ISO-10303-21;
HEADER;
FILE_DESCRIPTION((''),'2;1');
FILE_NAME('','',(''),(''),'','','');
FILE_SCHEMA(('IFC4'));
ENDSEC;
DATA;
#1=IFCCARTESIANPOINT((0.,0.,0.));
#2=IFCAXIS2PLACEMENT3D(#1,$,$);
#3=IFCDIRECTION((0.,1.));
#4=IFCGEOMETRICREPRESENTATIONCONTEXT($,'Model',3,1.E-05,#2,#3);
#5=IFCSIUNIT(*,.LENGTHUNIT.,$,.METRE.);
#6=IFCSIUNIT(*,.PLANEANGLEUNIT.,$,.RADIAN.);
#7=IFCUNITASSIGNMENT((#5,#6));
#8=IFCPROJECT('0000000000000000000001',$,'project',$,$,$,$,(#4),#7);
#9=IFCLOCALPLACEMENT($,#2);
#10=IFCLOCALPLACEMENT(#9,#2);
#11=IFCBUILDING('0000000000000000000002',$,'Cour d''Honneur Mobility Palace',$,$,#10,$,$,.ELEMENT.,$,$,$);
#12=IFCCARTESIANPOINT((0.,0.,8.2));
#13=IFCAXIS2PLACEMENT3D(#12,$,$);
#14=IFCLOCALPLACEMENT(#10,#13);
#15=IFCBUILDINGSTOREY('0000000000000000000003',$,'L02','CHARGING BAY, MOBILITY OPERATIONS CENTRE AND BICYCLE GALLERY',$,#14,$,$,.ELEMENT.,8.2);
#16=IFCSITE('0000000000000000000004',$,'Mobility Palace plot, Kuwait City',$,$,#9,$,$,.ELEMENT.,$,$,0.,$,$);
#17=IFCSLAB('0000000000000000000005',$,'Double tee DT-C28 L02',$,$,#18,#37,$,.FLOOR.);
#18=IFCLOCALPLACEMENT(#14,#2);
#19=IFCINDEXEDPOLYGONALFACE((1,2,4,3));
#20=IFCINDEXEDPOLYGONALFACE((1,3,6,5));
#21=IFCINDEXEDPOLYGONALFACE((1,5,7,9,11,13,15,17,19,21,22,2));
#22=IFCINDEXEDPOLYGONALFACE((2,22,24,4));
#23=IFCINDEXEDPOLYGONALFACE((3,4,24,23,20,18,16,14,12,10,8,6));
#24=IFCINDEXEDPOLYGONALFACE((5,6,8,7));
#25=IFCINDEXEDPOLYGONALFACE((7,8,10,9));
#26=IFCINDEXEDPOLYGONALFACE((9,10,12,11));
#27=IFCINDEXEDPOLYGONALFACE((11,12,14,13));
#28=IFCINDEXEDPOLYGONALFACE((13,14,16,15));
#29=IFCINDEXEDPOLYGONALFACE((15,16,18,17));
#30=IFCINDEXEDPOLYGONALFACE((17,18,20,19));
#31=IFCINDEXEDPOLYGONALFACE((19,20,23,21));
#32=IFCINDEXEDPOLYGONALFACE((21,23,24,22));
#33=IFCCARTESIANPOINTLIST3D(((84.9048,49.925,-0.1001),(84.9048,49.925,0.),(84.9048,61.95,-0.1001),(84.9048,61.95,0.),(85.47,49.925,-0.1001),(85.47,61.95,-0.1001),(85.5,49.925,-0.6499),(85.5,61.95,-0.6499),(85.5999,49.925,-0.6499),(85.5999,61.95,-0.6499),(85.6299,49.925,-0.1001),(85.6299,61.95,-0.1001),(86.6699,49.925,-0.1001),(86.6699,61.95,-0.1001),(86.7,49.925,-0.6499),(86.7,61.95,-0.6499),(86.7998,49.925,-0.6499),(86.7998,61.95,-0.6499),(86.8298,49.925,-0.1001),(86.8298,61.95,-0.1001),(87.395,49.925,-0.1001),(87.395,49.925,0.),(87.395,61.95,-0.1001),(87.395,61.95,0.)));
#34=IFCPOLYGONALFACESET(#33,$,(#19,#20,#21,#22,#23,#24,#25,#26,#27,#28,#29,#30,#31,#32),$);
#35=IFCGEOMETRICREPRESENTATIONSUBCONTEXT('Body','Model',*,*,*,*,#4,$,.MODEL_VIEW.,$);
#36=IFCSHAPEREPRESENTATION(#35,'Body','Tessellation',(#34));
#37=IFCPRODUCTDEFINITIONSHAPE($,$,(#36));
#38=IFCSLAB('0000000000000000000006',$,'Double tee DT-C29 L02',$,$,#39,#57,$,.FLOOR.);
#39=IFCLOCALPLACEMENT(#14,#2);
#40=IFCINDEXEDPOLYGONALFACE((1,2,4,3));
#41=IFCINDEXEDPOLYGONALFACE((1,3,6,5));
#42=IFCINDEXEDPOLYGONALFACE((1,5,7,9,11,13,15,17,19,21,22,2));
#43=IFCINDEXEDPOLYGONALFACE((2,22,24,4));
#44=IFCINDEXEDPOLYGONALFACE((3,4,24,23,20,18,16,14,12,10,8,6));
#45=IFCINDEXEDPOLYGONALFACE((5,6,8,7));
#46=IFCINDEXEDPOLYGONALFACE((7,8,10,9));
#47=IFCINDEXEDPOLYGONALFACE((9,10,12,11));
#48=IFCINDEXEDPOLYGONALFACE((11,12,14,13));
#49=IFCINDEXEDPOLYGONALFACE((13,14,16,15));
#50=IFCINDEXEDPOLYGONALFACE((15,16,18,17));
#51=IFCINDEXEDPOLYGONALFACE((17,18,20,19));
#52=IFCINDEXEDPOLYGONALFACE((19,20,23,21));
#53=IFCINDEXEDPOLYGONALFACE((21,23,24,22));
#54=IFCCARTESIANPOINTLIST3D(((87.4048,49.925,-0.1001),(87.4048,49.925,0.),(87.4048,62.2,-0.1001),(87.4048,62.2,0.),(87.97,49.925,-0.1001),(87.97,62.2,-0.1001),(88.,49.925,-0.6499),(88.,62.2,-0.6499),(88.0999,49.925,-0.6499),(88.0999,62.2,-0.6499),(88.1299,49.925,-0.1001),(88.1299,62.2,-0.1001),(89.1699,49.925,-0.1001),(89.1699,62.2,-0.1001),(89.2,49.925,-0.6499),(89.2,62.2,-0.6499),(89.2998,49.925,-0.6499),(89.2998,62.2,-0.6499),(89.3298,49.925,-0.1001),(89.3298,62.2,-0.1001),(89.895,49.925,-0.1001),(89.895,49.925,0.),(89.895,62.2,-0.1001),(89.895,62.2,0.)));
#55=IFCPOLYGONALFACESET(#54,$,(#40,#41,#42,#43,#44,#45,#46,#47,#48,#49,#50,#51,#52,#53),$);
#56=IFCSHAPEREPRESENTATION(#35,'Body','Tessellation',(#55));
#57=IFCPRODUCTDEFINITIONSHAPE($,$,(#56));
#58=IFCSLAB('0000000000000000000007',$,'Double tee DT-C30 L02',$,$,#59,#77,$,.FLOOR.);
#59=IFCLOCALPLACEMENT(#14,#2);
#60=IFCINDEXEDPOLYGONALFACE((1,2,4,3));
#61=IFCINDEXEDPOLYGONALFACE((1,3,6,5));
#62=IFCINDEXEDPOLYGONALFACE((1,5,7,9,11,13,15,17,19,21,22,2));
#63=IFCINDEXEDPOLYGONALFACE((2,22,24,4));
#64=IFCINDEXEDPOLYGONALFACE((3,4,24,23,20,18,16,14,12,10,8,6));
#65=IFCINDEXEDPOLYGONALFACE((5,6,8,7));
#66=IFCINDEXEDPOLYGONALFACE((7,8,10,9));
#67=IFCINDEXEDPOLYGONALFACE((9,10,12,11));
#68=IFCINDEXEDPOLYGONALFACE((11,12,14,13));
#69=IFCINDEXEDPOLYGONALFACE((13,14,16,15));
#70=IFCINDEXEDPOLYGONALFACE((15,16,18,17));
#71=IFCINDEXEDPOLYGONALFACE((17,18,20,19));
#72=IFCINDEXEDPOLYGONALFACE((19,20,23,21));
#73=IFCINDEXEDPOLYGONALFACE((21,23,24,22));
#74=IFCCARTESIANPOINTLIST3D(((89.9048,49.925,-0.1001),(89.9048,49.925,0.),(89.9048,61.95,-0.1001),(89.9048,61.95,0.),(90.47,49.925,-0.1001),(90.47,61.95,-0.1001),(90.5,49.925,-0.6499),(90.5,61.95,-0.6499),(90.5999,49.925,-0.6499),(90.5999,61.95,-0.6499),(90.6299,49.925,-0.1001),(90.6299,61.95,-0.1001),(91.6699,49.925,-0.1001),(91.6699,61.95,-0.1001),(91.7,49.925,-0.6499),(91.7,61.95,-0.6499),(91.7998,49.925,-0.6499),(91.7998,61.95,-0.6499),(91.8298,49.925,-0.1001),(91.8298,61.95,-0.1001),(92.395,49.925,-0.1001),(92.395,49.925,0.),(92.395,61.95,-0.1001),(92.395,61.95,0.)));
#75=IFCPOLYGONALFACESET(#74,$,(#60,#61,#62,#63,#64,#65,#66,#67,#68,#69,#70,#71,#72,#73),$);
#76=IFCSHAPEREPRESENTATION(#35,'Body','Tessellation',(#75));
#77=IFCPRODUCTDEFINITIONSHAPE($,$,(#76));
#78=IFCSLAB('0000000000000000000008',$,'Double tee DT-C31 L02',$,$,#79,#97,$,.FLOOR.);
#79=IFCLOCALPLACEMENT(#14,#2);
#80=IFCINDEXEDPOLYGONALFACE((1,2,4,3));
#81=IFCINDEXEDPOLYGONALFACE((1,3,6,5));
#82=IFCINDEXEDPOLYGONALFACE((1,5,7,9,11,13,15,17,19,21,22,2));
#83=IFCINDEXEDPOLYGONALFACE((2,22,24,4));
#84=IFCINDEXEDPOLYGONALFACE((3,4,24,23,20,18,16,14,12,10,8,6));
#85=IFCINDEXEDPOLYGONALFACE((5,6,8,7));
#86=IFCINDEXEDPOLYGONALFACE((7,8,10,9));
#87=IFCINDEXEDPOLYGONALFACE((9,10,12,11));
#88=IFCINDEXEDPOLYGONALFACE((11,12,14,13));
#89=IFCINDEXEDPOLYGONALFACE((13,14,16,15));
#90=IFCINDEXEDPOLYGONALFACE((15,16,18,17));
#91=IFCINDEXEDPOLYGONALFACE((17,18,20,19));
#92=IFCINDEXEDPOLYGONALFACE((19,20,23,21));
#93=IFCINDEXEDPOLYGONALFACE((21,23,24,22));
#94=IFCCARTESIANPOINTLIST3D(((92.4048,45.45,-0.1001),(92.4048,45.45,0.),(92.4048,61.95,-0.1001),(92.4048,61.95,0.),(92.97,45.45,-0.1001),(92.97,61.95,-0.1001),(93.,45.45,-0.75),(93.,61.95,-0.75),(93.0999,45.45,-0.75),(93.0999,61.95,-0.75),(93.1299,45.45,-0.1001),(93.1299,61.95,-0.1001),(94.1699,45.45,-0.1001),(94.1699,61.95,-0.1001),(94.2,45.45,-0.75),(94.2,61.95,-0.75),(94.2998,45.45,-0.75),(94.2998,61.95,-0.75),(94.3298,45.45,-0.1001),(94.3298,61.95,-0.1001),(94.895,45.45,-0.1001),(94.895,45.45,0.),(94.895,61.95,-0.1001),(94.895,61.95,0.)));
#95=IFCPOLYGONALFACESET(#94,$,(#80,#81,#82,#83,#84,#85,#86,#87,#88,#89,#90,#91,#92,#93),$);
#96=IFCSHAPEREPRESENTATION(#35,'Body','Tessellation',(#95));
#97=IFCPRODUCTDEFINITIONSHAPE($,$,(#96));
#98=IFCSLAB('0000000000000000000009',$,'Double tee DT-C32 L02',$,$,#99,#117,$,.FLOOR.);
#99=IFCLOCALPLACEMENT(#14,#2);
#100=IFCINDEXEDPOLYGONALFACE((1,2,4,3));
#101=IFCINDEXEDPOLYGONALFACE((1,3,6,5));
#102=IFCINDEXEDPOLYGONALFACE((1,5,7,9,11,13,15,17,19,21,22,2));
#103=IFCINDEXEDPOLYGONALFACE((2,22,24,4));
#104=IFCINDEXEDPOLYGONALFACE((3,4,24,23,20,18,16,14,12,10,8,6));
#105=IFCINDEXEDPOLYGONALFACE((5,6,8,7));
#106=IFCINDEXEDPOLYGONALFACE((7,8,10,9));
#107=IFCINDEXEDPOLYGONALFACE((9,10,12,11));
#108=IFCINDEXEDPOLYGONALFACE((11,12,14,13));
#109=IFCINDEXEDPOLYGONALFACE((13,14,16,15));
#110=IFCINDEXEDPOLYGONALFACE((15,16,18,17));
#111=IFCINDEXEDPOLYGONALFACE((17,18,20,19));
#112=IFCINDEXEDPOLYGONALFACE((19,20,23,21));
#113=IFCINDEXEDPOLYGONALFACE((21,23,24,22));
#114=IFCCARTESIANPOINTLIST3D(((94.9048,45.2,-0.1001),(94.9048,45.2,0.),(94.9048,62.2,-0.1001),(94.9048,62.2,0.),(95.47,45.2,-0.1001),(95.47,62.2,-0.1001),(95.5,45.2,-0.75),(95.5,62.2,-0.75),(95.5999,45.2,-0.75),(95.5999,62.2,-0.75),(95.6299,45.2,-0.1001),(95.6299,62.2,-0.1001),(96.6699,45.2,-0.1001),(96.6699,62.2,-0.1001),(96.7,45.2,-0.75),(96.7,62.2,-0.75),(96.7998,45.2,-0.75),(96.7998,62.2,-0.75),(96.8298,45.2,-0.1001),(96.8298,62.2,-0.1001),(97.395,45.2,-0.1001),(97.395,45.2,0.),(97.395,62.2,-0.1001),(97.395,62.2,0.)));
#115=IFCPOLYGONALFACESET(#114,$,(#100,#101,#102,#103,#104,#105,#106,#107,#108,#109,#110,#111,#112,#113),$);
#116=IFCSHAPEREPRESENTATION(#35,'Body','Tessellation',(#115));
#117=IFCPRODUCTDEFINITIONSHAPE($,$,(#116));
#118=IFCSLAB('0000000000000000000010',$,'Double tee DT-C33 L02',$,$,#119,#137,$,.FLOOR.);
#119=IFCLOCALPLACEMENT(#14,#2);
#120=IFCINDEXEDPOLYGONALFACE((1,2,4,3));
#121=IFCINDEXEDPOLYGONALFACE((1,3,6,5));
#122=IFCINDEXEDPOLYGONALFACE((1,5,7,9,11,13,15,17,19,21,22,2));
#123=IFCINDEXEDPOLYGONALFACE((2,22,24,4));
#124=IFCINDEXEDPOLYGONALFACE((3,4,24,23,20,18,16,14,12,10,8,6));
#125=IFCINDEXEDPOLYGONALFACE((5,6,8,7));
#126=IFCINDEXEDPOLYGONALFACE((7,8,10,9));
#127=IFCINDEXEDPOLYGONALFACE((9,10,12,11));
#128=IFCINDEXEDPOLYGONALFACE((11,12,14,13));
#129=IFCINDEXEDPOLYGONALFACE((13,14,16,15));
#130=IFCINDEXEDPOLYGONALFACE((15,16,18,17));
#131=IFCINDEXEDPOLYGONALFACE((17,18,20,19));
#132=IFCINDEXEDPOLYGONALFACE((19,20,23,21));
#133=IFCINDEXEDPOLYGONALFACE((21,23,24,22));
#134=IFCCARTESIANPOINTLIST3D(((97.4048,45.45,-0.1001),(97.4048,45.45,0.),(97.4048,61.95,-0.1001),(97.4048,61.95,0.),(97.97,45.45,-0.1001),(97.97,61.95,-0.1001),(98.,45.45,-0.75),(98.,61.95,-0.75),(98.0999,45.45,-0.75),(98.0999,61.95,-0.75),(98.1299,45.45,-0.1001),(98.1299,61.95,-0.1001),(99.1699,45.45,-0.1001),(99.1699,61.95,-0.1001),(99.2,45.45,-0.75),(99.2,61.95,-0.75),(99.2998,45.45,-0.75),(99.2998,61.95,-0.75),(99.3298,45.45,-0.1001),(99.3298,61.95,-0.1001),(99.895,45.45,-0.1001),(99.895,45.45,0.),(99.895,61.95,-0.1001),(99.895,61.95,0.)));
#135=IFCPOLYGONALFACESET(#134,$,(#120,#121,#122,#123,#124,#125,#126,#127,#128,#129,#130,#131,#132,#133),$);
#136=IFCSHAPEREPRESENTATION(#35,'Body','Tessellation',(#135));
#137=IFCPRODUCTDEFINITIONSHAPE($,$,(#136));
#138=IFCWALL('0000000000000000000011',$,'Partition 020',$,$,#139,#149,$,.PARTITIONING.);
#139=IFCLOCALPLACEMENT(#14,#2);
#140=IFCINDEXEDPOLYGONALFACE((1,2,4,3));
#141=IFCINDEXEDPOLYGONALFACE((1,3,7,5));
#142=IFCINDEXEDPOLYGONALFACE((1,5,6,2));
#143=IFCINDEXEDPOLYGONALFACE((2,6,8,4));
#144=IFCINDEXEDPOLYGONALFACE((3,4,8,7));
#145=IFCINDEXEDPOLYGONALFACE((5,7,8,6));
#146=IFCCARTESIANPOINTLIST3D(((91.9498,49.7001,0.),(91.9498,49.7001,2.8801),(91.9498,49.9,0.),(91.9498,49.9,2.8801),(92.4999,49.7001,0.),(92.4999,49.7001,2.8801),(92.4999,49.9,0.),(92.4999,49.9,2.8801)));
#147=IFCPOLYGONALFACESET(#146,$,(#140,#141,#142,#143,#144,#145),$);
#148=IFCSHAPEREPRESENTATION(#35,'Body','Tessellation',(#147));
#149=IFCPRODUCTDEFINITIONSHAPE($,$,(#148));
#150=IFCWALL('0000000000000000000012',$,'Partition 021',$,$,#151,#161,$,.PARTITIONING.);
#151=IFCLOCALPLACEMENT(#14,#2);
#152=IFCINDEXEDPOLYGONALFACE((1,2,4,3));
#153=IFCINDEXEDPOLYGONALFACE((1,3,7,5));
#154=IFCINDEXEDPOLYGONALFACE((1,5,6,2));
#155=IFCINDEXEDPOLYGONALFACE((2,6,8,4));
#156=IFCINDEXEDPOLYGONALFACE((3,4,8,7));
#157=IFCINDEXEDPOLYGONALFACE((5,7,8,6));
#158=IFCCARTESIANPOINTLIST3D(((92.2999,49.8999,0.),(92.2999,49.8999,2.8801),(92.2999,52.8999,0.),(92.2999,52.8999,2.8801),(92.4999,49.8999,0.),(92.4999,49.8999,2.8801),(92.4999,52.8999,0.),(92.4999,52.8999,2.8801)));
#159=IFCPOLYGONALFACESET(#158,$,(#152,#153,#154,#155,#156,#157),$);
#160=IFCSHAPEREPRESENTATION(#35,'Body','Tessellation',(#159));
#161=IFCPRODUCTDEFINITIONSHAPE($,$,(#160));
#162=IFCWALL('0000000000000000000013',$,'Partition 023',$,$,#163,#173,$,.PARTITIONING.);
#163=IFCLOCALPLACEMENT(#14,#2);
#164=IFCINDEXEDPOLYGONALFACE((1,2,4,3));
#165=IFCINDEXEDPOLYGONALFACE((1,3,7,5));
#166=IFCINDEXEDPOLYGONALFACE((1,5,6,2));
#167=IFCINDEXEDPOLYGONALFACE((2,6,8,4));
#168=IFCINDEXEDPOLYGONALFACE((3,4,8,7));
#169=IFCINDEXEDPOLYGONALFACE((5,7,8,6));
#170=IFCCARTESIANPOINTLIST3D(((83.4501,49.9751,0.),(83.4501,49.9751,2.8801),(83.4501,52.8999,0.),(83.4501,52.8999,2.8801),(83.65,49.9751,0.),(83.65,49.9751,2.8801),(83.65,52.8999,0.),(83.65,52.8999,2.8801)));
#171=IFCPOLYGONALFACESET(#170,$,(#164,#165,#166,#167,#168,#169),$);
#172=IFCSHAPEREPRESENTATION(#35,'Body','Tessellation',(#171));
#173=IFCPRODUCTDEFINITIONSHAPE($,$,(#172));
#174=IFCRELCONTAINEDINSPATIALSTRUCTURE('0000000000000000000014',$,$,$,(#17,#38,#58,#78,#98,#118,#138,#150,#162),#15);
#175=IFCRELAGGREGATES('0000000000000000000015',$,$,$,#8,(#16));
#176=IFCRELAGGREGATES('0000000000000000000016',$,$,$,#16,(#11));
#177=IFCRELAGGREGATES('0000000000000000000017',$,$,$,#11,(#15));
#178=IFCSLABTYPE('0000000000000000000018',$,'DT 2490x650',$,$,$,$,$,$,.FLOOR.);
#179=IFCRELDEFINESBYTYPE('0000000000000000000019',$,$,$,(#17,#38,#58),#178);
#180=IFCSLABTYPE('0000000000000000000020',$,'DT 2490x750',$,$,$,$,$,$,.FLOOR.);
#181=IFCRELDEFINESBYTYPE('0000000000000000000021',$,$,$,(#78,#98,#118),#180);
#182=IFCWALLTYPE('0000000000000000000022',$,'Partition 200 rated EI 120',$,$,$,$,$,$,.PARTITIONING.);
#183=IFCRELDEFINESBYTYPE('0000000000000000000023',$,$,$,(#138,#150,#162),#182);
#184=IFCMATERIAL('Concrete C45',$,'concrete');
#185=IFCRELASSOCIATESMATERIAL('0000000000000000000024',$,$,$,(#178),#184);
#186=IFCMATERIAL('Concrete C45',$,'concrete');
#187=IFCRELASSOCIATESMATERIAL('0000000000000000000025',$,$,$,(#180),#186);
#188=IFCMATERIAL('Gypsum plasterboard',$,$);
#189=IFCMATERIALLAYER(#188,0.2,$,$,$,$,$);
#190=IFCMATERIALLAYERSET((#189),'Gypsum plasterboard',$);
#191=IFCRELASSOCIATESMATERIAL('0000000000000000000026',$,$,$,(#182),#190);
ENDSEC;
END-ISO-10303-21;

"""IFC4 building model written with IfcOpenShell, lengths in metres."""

from ifc_helpers import new_model, si_unit, direction, frame, frame_2d, origin, place, context, subcontext, project, spatial, polyline, rectangle, outline, extrude, material, layer, layer_set, material_profile, profile_set, type_object, element, save


model = new_model("IFC4")

# Units and contexts
model_context = context("Model", 3, precision=1e-05, world=origin(), true_north=direction((0.0, 1.0)))
body_context = subcontext(model_context, "Body", "Model", "MODEL_VIEW")
ifc_project = project(units=[si_unit("LENGTHUNIT", "METRE"), si_unit("PLANEANGLEUNIT", "RADIAN")], contexts=[model_context])

# Site, building, storey
site_placement = place(None, origin())
site = spatial("IfcSite", under=ifc_project, at=site_placement, Name="Mobility Palace plot, Kuwait City", CompositionType="ELEMENT", RefElevation=0.0)
building_placement = place(site_placement, origin())
building = spatial("IfcBuilding", under=site, at=building_placement, Name="Cour d'Honneur Mobility Palace", CompositionType="ELEMENT")
storey_placement = place(building_placement, frame((0.0, 0.0, 8.2)))
storey = spatial("IfcBuildingStorey", under=building, at=storey_placement, Name="L02", Description="CHARGING BAY, MOBILITY OPERATIONS CENTRE AND BICYCLE GALLERY", CompositionType="ELEMENT", Elevation=8.2)

# Slabs
ifc_material_1 = material(Name="Concrete C45", Category="concrete")
ifc_material_profile_1 = material_profile(ifc_material_1, outline(polyline([(-1.2451, 0.0), (1.2451, 0.0), (1.2451, -0.1001), (0.6799, -0.1001), (0.6499, -0.6499), (0.55, -0.6499), (0.52, -0.1001), (-0.52, -0.1001), (-0.55, -0.6499), (-0.6499, -0.6499), (-0.6799, -0.1001), (-1.2451, -0.1001), (-1.2451, 0.0)])), Name="DT 2490x650")
ifc_profile_set_1 = profile_set([ifc_material_profile_1], Name="Concrete C45")
slab_type_1 = type_object("IfcSlabType", Name="DT 2490x650", PredefinedType="FLOOR", material=ifc_profile_set_1)
for number, where, z_axis, x_axis, name in (
    (1, (86.1499, 49.925, 0.0), (0.0, 1.0, 0.0), (-1.0, 0.0, 0.0), "Double tee DT-C28 L02"),
):
    element("IfcSlab", number, at=place(storey_placement, frame(where, z_axis=z_axis, x_axis=x_axis)), inside=storey, type_object=slab_type_1, Name=name, PredefinedType="FLOOR", context=body_context, shape_type="SweptSolid", body=[
        extrude(outline(polyline([(-1.2451, 0.0), (1.2451, 0.0), (1.2451, -0.1001), (0.6799, -0.1001), (0.6499, -0.6499), (0.55, -0.6499), (0.52, -0.1001), (-0.52, -0.1001), (-0.55, -0.6499), (-0.6499, -0.6499), (-0.6799, -0.1001), (-1.2451, -0.1001), (-1.2451, 0.0)])), origin(), (0.0, 0.0, 1.0), 12.0249),
    ])
slab_1_placement = place(storey_placement, frame((88.6499, 49.925, 0.0), z_axis=(0.0, 1.0, 0.0), x_axis=(-1.0, 0.0, 0.0)))
element("IfcSlab", 2, at=slab_1_placement, inside=storey, type_object=slab_type_1, Name="Double tee DT-C29 L02", PredefinedType="FLOOR", context=body_context, shape_type="SweptSolid", body=[
    extrude(outline(polyline([(-1.2451, 0.0), (1.2451, 0.0), (1.2451, -0.1001), (0.6799, -0.1001), (0.6499, -0.6499), (0.55, -0.6499), (0.52, -0.1001), (-0.52, -0.1001), (-0.55, -0.6499), (-0.6499, -0.6499), (-0.6799, -0.1001), (-1.2451, -0.1001), (-1.2451, 0.0)])), origin(), (0.0, 0.0, 1.0), 12.2749),
])
slab_2_placement = place(storey_placement, frame((91.1499, 49.925, 0.0), z_axis=(0.0, 1.0, 0.0), x_axis=(-1.0, 0.0, 0.0)))
element("IfcSlab", 3, at=slab_2_placement, inside=storey, type_object=slab_type_1, Name="Double tee DT-C30 L02", PredefinedType="FLOOR", context=body_context, shape_type="SweptSolid", body=[
    extrude(outline(polyline([(-1.2451, 0.0), (1.2451, 0.0), (1.2451, -0.1001), (0.6799, -0.1001), (0.6499, -0.6499), (0.55, -0.6499), (0.52, -0.1001), (-0.52, -0.1001), (-0.55, -0.6499), (-0.6499, -0.6499), (-0.6799, -0.1001), (-1.2451, -0.1001), (-1.2451, 0.0)])), origin(), (0.0, 0.0, 1.0), 12.0249),
])
ifc_material_2 = material(Name="Concrete C45", Category="concrete")
ifc_material_profile_2 = material_profile(ifc_material_2, outline(polyline([(-1.2451, 0.0), (1.2451, 0.0), (1.2451, -0.1001), (0.6799, -0.1001), (0.6499, -0.75), (0.55, -0.75), (0.52, -0.1001), (-0.52, -0.1001), (-0.55, -0.75), (-0.6499, -0.75), (-0.6799, -0.1001), (-1.2451, -0.1001), (-1.2451, 0.0)])), Name="DT 2490x750")
ifc_profile_set_2 = profile_set([ifc_material_profile_2], Name="Concrete C45")
slab_type_2 = type_object("IfcSlabType", Name="DT 2490x750", PredefinedType="FLOOR", material=ifc_profile_set_2)
slab_3_placement = place(storey_placement, frame((93.6499, 45.45, 0.0), z_axis=(0.0, 1.0, 0.0), x_axis=(-1.0, 0.0, 0.0)))
element("IfcSlab", 4, at=slab_3_placement, inside=storey, type_object=slab_type_2, Name="Double tee DT-C31 L02", PredefinedType="FLOOR", context=body_context, shape_type="SweptSolid", body=[
    extrude(outline(polyline([(-1.2451, 0.0), (1.2451, 0.0), (1.2451, -0.1001), (0.6799, -0.1001), (0.6499, -0.75), (0.55, -0.75), (0.52, -0.1001), (-0.52, -0.1001), (-0.55, -0.75), (-0.6499, -0.75), (-0.6799, -0.1001), (-1.2451, -0.1001), (-1.2451, 0.0)])), origin(), (0.0, 0.0, 1.0), 16.5),
])
slab_4_placement = place(storey_placement, frame((96.1499, 45.2, 0.0), z_axis=(0.0, 1.0, 0.0), x_axis=(-1.0, 0.0, 0.0)))
element("IfcSlab", 5, at=slab_4_placement, inside=storey, type_object=slab_type_2, Name="Double tee DT-C32 L02", PredefinedType="FLOOR", context=body_context, shape_type="SweptSolid", body=[
    extrude(outline(polyline([(-1.2451, 0.0), (1.2451, 0.0), (1.2451, -0.1001), (0.6799, -0.1001), (0.6499, -0.75), (0.55, -0.75), (0.52, -0.1001), (-0.52, -0.1001), (-0.55, -0.75), (-0.6499, -0.75), (-0.6799, -0.1001), (-1.2451, -0.1001), (-1.2451, 0.0)])), origin(), (0.0, 0.0, 1.0), 17.0),
])
slab_5_placement = place(storey_placement, frame((98.6499, 45.45, 0.0), z_axis=(0.0, 1.0, 0.0), x_axis=(-1.0, 0.0, 0.0)))
element("IfcSlab", 6, at=slab_5_placement, inside=storey, type_object=slab_type_2, Name="Double tee DT-C33 L02", PredefinedType="FLOOR", context=body_context, shape_type="SweptSolid", body=[
    extrude(outline(polyline([(-1.2451, 0.0), (1.2451, 0.0), (1.2451, -0.1001), (0.6799, -0.1001), (0.6499, -0.75), (0.55, -0.75), (0.52, -0.1001), (-0.52, -0.1001), (-0.55, -0.75), (-0.6499, -0.75), (-0.6799, -0.1001), (-1.2451, -0.1001), (-1.2451, 0.0)])), origin(), (0.0, 0.0, 1.0), 16.5),
])

# Walls
ifc_material_3 = material(Name="Gypsum plasterboard")
ifc_layer_1 = layer(ifc_material_3, 0.2)
ifc_layer_set_1 = layer_set([ifc_layer_1], Name="Gypsum plasterboard")
wall_type_1 = type_object("IfcWallType", Name="Partition 200 rated EI 120", PredefinedType="PARTITIONING", material=ifc_layer_set_1)
wall_1_placement = place(storey_placement, frame((91.95, 49.8, 0.0), z_axis=(0.0, 0.0, 1.0), x_axis=(1.0, 0.0, 0.0)))
element("IfcWall", 7, at=wall_1_placement, inside=storey, type_object=wall_type_1, Name="Partition 020", PredefinedType="PARTITIONING", context=body_context, shape_type="SweptSolid", body=[
    extrude(rectangle(XDim=0.55, YDim=0.2, at=frame_2d((0.2749, 0.0))), origin(), (0.0, 0.0, 1.0), 2.8801),
])
wall_2_placement = place(storey_placement, frame((92.3999, 49.8999, 0.0), z_axis=(0.0, 0.0, 1.0), x_axis=(0.0, 1.0, 0.0)))
element("IfcWall", 8, at=wall_2_placement, inside=storey, type_object=wall_type_1, Name="Partition 021", PredefinedType="PARTITIONING", context=body_context, shape_type="SweptSolid", body=[
    extrude(rectangle(XDim=3.0, YDim=0.2, at=frame_2d((1.5, 0.0))), origin(), (0.0, 0.0, 1.0), 2.8801),
])
wall_3_placement = place(storey_placement, frame((83.55, 49.9751, 0.0), z_axis=(0.0, 0.0, 1.0), x_axis=(0.0, 1.0, 0.0)))
element("IfcWall", 9, at=wall_3_placement, inside=storey, type_object=wall_type_1, Name="Partition 023", PredefinedType="PARTITIONING", context=body_context, shape_type="SweptSolid", body=[
    extrude(rectangle(XDim=2.9248, YDim=0.2, at=frame_2d((1.4624, 0.0))), origin(), (0.0, 0.0, 1.0), 2.8801),
])

save(model, "model.ifc")
